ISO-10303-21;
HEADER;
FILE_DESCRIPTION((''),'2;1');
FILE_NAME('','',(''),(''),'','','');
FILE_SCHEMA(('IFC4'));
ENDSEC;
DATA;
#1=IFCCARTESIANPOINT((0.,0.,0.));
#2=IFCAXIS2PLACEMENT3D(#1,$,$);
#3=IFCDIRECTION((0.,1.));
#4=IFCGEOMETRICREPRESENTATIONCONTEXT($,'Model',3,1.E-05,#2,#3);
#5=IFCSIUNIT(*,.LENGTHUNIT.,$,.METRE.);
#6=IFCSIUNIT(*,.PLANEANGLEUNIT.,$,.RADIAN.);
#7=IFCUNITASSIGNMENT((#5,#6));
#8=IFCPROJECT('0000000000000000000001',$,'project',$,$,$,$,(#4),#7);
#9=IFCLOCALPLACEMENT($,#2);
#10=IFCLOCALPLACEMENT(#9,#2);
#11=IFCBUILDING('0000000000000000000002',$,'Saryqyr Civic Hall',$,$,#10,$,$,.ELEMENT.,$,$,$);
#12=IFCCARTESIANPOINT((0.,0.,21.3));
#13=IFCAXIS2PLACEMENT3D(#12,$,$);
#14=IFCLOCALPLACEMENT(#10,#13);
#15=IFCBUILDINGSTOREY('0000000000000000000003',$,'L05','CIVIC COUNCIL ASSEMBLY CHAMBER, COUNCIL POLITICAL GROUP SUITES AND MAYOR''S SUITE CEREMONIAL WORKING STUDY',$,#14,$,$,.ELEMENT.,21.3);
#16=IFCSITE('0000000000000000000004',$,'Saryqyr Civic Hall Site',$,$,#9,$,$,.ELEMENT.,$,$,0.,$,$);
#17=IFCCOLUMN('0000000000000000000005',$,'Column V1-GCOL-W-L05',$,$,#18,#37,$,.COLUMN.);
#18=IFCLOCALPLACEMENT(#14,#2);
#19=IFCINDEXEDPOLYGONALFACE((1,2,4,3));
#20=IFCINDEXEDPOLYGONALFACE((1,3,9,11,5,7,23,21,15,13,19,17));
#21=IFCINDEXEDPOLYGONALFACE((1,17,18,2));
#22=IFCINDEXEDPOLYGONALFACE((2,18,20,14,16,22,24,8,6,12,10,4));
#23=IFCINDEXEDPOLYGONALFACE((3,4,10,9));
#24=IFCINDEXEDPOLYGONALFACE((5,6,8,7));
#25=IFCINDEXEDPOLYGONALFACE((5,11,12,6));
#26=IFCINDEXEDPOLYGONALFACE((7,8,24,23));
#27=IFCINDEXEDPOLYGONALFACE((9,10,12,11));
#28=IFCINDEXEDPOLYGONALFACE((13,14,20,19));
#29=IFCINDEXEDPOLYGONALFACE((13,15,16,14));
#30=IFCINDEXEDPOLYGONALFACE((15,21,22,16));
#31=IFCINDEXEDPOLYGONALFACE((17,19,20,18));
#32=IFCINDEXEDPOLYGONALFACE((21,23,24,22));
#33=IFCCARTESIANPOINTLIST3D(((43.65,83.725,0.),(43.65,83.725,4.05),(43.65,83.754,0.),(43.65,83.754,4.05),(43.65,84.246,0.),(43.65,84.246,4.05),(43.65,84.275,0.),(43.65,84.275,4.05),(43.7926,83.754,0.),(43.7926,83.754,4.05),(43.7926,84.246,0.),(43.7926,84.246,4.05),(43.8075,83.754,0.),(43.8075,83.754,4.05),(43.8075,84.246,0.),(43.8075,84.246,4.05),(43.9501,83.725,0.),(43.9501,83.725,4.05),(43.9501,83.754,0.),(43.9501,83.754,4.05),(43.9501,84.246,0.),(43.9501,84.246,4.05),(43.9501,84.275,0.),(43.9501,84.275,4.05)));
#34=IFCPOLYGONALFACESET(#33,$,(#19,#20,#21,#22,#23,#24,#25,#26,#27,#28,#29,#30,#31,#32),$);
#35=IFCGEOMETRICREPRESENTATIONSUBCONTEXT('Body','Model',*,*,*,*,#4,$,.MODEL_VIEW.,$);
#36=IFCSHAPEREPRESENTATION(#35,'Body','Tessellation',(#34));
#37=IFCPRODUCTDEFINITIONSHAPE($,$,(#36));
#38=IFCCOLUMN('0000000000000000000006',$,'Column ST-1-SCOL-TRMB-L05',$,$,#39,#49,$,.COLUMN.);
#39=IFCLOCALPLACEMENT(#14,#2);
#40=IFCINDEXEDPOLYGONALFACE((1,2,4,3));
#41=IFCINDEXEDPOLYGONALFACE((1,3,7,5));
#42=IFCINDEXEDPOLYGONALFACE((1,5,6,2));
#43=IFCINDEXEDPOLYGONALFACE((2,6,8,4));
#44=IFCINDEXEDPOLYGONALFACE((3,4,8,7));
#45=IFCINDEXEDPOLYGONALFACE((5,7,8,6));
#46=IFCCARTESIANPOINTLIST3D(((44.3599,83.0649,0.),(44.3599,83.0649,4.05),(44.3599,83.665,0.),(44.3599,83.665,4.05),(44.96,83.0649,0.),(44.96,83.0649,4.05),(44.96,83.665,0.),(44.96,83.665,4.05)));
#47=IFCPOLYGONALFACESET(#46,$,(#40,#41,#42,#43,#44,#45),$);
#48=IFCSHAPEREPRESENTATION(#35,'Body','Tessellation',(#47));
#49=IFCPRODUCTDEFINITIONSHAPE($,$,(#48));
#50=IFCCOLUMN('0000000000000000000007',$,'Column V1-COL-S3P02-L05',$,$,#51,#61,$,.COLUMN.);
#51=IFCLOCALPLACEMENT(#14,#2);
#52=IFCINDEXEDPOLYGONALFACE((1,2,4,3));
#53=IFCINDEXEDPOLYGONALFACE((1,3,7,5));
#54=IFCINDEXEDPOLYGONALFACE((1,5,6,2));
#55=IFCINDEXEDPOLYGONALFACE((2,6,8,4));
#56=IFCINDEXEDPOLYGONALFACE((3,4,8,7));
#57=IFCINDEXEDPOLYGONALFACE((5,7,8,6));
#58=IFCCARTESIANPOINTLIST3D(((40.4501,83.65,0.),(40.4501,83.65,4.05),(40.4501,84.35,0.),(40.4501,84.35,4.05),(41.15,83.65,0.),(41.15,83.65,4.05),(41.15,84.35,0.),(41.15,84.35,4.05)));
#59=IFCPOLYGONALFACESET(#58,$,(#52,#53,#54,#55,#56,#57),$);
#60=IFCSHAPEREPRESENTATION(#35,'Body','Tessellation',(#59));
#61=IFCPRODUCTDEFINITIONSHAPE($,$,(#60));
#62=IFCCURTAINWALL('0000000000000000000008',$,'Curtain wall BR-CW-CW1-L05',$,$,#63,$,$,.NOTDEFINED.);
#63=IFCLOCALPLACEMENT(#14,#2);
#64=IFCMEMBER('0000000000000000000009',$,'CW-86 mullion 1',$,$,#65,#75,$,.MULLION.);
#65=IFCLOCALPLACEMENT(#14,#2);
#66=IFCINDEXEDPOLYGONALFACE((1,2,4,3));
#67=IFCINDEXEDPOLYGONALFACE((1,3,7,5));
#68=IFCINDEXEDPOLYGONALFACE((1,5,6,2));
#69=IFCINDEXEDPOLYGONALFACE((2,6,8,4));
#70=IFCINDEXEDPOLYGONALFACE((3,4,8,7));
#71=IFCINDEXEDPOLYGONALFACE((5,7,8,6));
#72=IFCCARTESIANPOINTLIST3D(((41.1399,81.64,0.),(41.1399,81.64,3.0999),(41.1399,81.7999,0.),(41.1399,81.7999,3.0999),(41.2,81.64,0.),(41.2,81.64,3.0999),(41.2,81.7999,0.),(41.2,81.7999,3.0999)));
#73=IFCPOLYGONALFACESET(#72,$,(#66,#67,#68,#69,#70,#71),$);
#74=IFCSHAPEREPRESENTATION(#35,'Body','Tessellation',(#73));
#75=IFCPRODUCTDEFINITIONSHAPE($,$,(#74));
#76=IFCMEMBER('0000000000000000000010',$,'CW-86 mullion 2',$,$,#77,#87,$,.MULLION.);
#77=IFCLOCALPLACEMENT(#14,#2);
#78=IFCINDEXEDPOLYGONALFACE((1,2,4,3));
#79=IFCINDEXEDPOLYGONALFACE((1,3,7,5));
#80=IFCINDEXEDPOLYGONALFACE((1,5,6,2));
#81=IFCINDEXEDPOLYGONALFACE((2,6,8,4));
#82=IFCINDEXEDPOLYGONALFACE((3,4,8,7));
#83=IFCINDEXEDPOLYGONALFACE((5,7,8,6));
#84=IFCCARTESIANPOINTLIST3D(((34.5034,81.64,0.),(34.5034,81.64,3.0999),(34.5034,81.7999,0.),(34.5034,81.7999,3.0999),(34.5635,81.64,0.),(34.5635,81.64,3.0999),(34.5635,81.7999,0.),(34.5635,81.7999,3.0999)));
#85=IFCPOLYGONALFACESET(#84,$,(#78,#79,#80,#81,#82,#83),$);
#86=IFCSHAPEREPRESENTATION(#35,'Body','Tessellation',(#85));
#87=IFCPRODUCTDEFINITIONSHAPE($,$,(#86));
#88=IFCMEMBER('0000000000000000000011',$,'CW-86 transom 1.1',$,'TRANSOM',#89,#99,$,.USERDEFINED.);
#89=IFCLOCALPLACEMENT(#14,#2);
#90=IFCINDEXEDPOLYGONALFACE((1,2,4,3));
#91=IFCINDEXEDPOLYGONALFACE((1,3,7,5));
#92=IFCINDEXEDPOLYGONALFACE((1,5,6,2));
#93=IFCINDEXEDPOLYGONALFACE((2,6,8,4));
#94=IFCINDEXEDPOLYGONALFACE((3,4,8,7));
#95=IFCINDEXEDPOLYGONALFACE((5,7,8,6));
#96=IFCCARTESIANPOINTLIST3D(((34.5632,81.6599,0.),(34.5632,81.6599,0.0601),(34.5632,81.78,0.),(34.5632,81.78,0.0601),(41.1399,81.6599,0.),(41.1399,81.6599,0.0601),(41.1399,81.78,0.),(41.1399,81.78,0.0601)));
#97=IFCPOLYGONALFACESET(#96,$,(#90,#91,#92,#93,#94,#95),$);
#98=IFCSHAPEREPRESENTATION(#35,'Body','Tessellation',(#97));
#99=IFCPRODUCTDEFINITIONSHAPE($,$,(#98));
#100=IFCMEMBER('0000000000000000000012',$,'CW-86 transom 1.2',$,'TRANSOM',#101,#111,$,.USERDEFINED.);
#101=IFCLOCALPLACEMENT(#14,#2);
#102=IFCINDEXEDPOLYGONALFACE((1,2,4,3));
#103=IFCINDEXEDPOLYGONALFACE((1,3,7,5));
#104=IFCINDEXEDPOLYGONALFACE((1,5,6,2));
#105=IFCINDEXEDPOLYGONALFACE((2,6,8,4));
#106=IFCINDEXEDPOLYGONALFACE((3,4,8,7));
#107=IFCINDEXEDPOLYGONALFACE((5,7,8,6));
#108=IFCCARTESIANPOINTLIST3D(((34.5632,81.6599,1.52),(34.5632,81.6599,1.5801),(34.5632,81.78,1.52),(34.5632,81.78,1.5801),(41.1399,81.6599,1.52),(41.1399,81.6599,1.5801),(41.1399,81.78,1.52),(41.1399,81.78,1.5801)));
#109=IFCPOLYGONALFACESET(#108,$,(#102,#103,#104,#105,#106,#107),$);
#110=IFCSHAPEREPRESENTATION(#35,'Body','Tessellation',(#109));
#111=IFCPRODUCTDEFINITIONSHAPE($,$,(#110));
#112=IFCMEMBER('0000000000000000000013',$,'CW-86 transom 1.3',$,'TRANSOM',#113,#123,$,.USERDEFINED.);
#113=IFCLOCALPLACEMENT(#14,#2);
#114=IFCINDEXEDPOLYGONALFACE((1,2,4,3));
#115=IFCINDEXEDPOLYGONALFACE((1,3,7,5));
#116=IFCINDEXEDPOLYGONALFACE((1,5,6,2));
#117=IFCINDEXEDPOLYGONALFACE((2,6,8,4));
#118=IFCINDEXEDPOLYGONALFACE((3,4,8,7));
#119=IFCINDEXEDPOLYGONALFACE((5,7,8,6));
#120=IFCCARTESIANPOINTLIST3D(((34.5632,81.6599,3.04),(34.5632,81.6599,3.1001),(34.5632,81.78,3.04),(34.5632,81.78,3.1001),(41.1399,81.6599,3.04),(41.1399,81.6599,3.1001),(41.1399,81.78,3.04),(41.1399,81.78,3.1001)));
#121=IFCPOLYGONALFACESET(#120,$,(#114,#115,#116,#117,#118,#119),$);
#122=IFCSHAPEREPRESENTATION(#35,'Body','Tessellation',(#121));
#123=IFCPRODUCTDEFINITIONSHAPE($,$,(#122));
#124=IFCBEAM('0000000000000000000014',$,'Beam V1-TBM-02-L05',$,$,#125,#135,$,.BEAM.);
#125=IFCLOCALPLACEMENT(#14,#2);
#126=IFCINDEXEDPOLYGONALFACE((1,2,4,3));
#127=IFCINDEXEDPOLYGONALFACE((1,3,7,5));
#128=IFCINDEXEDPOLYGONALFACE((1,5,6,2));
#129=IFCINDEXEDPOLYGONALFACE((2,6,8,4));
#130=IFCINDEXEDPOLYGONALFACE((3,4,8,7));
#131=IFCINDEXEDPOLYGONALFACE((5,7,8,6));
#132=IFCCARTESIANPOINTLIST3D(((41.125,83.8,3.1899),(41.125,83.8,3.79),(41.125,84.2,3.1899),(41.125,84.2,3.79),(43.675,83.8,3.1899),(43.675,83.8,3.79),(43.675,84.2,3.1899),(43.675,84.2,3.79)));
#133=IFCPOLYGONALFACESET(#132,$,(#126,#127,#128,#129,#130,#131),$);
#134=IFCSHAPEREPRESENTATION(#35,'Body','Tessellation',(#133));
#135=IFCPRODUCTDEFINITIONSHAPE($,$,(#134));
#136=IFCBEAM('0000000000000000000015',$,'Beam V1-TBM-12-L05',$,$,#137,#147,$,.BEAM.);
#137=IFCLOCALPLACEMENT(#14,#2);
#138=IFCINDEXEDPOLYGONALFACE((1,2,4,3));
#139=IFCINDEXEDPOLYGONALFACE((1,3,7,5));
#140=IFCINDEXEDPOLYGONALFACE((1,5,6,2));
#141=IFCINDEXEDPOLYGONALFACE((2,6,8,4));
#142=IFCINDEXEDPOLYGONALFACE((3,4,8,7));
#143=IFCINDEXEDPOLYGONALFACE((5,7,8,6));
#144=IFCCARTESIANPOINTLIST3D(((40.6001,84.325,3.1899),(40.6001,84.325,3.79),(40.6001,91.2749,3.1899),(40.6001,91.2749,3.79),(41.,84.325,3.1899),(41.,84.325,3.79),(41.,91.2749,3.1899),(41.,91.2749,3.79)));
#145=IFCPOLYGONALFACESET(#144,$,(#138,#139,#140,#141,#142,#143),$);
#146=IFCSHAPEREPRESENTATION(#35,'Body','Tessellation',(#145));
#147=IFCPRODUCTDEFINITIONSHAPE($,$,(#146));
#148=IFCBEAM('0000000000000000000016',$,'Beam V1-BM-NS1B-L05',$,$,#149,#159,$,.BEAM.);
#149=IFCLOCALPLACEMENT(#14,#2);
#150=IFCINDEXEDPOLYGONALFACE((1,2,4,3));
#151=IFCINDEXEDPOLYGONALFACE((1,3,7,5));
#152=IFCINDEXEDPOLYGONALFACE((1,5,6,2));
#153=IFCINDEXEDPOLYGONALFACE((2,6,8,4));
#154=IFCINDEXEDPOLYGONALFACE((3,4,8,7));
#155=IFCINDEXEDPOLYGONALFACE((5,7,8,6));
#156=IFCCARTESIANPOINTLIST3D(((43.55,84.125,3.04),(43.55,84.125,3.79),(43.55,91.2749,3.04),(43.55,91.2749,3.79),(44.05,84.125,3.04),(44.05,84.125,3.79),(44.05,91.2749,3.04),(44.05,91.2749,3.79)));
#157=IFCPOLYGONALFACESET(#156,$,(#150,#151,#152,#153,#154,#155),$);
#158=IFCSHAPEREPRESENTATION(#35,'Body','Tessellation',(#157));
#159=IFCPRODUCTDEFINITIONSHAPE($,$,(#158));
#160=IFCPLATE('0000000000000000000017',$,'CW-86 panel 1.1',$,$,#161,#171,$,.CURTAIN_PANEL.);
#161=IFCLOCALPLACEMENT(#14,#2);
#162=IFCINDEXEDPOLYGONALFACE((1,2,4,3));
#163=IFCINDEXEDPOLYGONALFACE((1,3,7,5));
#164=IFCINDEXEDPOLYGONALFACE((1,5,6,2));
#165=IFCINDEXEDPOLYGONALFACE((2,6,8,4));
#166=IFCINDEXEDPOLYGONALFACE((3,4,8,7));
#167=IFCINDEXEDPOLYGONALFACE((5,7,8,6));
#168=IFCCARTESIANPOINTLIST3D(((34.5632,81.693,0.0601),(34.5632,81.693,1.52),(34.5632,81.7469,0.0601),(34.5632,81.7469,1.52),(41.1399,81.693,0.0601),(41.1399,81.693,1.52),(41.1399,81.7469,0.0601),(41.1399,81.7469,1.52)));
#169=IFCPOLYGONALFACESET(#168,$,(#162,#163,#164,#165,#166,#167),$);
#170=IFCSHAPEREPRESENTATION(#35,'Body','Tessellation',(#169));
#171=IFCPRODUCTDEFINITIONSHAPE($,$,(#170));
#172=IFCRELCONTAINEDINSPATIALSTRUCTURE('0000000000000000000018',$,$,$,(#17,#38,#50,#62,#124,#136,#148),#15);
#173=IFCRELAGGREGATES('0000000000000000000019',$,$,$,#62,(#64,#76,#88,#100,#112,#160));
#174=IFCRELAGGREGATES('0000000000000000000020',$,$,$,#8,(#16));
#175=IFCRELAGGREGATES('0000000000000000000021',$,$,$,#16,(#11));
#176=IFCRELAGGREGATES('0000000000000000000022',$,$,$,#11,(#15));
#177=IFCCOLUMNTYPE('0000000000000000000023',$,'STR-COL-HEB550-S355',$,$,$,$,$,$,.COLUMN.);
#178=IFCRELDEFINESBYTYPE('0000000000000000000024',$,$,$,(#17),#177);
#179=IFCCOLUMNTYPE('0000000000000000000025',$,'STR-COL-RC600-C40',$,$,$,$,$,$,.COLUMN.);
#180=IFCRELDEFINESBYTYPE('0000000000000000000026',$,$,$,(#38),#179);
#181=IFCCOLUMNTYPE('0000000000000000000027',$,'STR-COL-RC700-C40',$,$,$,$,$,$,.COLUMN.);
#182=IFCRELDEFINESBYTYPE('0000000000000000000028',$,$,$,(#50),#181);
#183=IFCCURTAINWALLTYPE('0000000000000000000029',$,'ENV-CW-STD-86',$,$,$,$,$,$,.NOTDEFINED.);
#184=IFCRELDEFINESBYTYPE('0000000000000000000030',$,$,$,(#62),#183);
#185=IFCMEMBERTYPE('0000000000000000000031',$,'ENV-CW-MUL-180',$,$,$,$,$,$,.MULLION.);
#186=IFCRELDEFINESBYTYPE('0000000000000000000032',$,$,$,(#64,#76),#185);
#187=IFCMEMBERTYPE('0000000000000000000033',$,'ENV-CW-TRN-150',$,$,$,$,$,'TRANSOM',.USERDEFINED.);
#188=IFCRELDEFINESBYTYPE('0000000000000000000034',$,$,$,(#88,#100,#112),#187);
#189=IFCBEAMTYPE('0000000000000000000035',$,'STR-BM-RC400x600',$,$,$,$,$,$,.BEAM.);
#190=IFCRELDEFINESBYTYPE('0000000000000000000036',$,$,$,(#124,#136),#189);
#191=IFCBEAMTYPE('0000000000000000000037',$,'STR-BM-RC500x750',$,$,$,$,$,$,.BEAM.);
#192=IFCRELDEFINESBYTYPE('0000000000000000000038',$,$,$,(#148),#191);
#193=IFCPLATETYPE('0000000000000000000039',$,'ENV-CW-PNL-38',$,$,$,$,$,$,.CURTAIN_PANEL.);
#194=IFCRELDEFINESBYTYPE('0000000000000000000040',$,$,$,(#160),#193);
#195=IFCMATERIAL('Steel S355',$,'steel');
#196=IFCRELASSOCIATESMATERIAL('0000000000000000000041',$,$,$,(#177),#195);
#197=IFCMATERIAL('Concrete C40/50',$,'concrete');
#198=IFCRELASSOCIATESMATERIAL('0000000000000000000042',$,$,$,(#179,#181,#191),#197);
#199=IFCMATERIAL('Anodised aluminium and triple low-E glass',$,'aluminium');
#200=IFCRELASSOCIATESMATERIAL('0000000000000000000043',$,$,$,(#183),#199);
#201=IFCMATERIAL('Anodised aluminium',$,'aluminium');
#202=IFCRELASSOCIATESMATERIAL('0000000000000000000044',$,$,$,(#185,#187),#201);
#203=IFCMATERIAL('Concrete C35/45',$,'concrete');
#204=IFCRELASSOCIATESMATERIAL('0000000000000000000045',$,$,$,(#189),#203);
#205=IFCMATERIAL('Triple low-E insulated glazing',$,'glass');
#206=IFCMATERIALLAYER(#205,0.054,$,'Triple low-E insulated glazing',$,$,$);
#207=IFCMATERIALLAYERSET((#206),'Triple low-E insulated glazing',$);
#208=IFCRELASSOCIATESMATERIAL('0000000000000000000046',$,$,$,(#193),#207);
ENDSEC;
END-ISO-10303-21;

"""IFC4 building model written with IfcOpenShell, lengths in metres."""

from ifc_helpers import new_model, si_unit, direction, frame, origin, origin_2d, place, context, subcontext, project, spatial, rectangle, i_section, extrude, material, layer, layer_set, material_profile, profile_set, type_object, element, aggregate, save


model = new_model("IFC4")

# Units and contexts
model_context = context("Model", 3, precision=1e-05, world=origin(), true_north=direction((0.0, 1.0)))
body_context = subcontext(model_context, "Body", "Model", "MODEL_VIEW")
ifc_project = project(units=[si_unit("LENGTHUNIT", "METRE"), si_unit("PLANEANGLEUNIT", "RADIAN")], contexts=[model_context])

# Site, building, storey
site_placement = place(None, origin())
site = spatial("IfcSite", under=ifc_project, at=site_placement, Name="Saryqyr Civic Hall Site", CompositionType="ELEMENT", RefElevation=0.0)
building_placement = place(site_placement, origin())
building = spatial("IfcBuilding", under=site, at=building_placement, Name="Saryqyr Civic Hall", CompositionType="ELEMENT")
storey_placement = place(building_placement, frame((0.0, 0.0, 21.3)))
storey = spatial("IfcBuildingStorey", under=building, at=storey_placement, Name="L05", Description="CIVIC COUNCIL ASSEMBLY CHAMBER, COUNCIL POLITICAL GROUP SUITES AND MAYOR'S SUITE CEREMONIAL WORKING STUDY", CompositionType="ELEMENT", Elevation=21.3)

# Columns
ifc_material_1 = material(Name="Steel S355", Category="steel")
ifc_material_profile_1 = material_profile(ifc_material_1, i_section(OverallWidth=0.3, OverallDepth=0.55, WebThickness=0.0149, FlangeThickness=0.0291, at=origin_2d()), Name="HEB 550")
ifc_profile_set_1 = profile_set([ifc_material_profile_1], Name="Steel S355")
column_type_1 = type_object("IfcColumnType", Name="STR-COL-HEB550-S355", PredefinedType="COLUMN", material=ifc_profile_set_1)
column_1_placement = place(storey_placement, frame((43.8, 84.0, 0.0), z_axis=(0.0, 0.0, 1.0), x_axis=(1.0, 0.0, 0.0)))
element("IfcColumn", 1, at=column_1_placement, inside=storey, type_object=column_type_1, Name="Column V1-GCOL-W-L05", PredefinedType="COLUMN", context=body_context, shape_type="SweptSolid", body=[
    extrude(i_section(OverallWidth=0.3, OverallDepth=0.55, WebThickness=0.0149, FlangeThickness=0.0291, at=origin_2d()), origin(), (0.0, 0.0, 1.0), 4.05),
])
ifc_material_2 = material(Name="Concrete C40/50", Category="concrete")
ifc_material_profile_2 = material_profile(ifc_material_2, rectangle(XDim=0.6001, YDim=0.6001, at=origin_2d()), Name="RC 600x600")
ifc_profile_set_2 = profile_set([ifc_material_profile_2], Name="Concrete C40/50")
column_type_2 = type_object("IfcColumnType", Name="STR-COL-RC600-C40", PredefinedType="COLUMN", material=ifc_profile_set_2)
column_2_placement = place(storey_placement, frame((44.6599, 83.365, 0.0), z_axis=(0.0, 0.0, 1.0), x_axis=(1.0, 0.0, 0.0)))
element("IfcColumn", 2, at=column_2_placement, inside=storey, type_object=column_type_2, Name="Column ST-1-SCOL-TRMB-L05", PredefinedType="COLUMN", context=body_context, shape_type="SweptSolid", body=[
    extrude(rectangle(XDim=0.6001, YDim=0.6001, at=origin_2d()), origin(), (0.0, 0.0, 1.0), 4.05),
])
ifc_material_profile_3 = material_profile(ifc_material_2, rectangle(XDim=0.7, YDim=0.7, at=origin_2d()), Name="RC 700x700")
ifc_profile_set_3 = profile_set([ifc_material_profile_3], Name="Concrete C40/50")
column_type_3 = type_object("IfcColumnType", Name="STR-COL-RC700-C40", PredefinedType="COLUMN", material=ifc_profile_set_3)
column_3_placement = place(storey_placement, frame((40.8, 84.0, 0.0), z_axis=(0.0, 0.0, 1.0), x_axis=(1.0, 0.0, 0.0)))
element("IfcColumn", 3, at=column_3_placement, inside=storey, type_object=column_type_3, Name="Column V1-COL-S3P02-L05", PredefinedType="COLUMN", context=body_context, shape_type="SweptSolid", body=[
    extrude(rectangle(XDim=0.7, YDim=0.7, at=origin_2d()), origin(), (0.0, 0.0, 1.0), 4.05),
])

# Curtain wall, members
ifc_material_3 = material(Name="Anodised aluminium and triple low-E glass", Category="aluminium")
curtain_wall_type = type_object("IfcCurtainWallType", Name="ENV-CW-STD-86", PredefinedType="NOTDEFINED", material=ifc_material_3)
curtain_wall_placement = place(storey_placement, origin())
curtain_wall = element("IfcCurtainWall", 4, at=curtain_wall_placement, inside=storey, type_object=curtain_wall_type, Name="Curtain wall BR-CW-CW1-L05", PredefinedType="NOTDEFINED")
ifc_material_4 = material(Name="Anodised aluminium", Category="aluminium")
ifc_material_profile_4 = material_profile(ifc_material_4, rectangle(XDim=0.0601, YDim=0.1599, at=origin_2d()), Name="ALU MULLION 60x160")
ifc_profile_set_4 = profile_set([ifc_material_profile_4], Name="Anodised aluminium")
member_type_1 = type_object("IfcMemberType", Name="ENV-CW-MUL-180", PredefinedType="MULLION", material=ifc_profile_set_4)
member_1_placement = place(storey_placement, frame((41.1699, 81.72, 0.0), z_axis=(0.0, 0.0, 1.0), x_axis=(-1.0, 0.0, 0.0)))
member_1 = element("IfcMember", 5, at=member_1_placement, type_object=member_type_1, Name="CW-86 mullion 1", PredefinedType="MULLION", context=body_context, shape_type="SweptSolid", body=[
    extrude(rectangle(XDim=0.0601, YDim=0.1599, at=origin_2d()), origin(), (0.0, 0.0, 1.0), 3.0999),
])
member_2_placement = place(storey_placement, frame((34.5334, 81.72, 0.0), z_axis=(0.0, 0.0, 1.0), x_axis=(-1.0, 0.0, 0.0)))
member_2 = element("IfcMember", 6, at=member_2_placement, type_object=member_type_1, Name="CW-86 mullion 2", PredefinedType="MULLION", context=body_context, shape_type="SweptSolid", body=[
    extrude(rectangle(XDim=0.0601, YDim=0.1599, at=origin_2d()), origin(), (0.0, 0.0, 1.0), 3.0999),
])
ifc_material_profile_5 = material_profile(ifc_material_4, rectangle(XDim=0.1201, YDim=0.0601, at=origin_2d()), Name="ALU TRANSOM 120x60")
ifc_profile_set_5 = profile_set([ifc_material_profile_5], Name="Anodised aluminium")
member_type_2 = type_object("IfcMemberType", Name="ENV-CW-TRN-150", ElementType="TRANSOM", PredefinedType="USERDEFINED", material=ifc_profile_set_5)
member_3_placement = place(storey_placement, frame((41.1399, 81.72, 0.03), z_axis=(-1.0, 0.0, 0.0), x_axis=(0.0, -1.0, 0.0)))
member_3 = element("IfcMember", 7, at=member_3_placement, type_object=member_type_2, Name="CW-86 transom 1.1", ObjectType="TRANSOM", PredefinedType="USERDEFINED", context=body_context, shape_type="SweptSolid", body=[
    extrude(rectangle(XDim=0.1201, YDim=0.0601, at=origin_2d()), origin(), (0.0, 0.0, 1.0), 6.5767),
])
member_4_placement = place(storey_placement, frame((41.1399, 81.72, 1.55), z_axis=(-1.0, 0.0, 0.0), x_axis=(0.0, -1.0, 0.0)))
member_4 = element("IfcMember", 8, at=member_4_placement, type_object=member_type_2, Name="CW-86 transom 1.2", ObjectType="TRANSOM", PredefinedType="USERDEFINED", context=body_context, shape_type="SweptSolid", body=[
    extrude(rectangle(XDim=0.1201, YDim=0.0601, at=origin_2d()), origin(), (0.0, 0.0, 1.0), 6.5767),
])
member_5_placement = place(storey_placement, frame((41.1399, 81.72, 3.0701), z_axis=(-1.0, 0.0, 0.0), x_axis=(0.0, -1.0, 0.0)))
member_5 = element("IfcMember", 9, at=member_5_placement, type_object=member_type_2, Name="CW-86 transom 1.3", ObjectType="TRANSOM", PredefinedType="USERDEFINED", context=body_context, shape_type="SweptSolid", body=[
    extrude(rectangle(XDim=0.1201, YDim=0.0601, at=origin_2d()), origin(), (0.0, 0.0, 1.0), 6.5767),
])

# Beams
ifc_material_5 = material(Name="Concrete C35/45", Category="concrete")
ifc_material_profile_6 = material_profile(ifc_material_5, rectangle(XDim=0.3999, YDim=0.6001, at=origin_2d()), Name="RC 400x600")
ifc_profile_set_6 = profile_set([ifc_material_profile_6], Name="Concrete C35/45")
beam_type_1 = type_object("IfcBeamType", Name="STR-BM-RC400x600", PredefinedType="BEAM", material=ifc_profile_set_6)
beam_1_placement = place(storey_placement, frame((41.125, 84.0, 3.49), z_axis=(1.0, 0.0, 0.0), x_axis=(0.0, 1.0, 0.0)))
element("IfcBeam", 10, at=beam_1_placement, inside=storey, type_object=beam_type_1, Name="Beam V1-TBM-02-L05", PredefinedType="BEAM", context=body_context, shape_type="SweptSolid", body=[
    extrude(rectangle(XDim=0.3999, YDim=0.6001, at=origin_2d()), origin(), (0.0, 0.0, 1.0), 2.55),
])
beam_2_placement = place(storey_placement, frame((40.8, 84.325, 3.49), z_axis=(0.0, 1.0, 0.0), x_axis=(-1.0, 0.0, 0.0)))
element("IfcBeam", 11, at=beam_2_placement, inside=storey, type_object=beam_type_1, Name="Beam V1-TBM-12-L05", PredefinedType="BEAM", context=body_context, shape_type="SweptSolid", body=[
    extrude(rectangle(XDim=0.3999, YDim=0.6001, at=origin_2d()), origin(), (0.0, 0.0, 1.0), 6.95),
])
ifc_material_profile_7 = material_profile(ifc_material_2, rectangle(XDim=0.5, YDim=0.75, at=origin_2d()), Name="RC 500x750")
ifc_profile_set_7 = profile_set([ifc_material_profile_7], Name="Concrete C40/50")
beam_type_2 = type_object("IfcBeamType", Name="STR-BM-RC500x750", PredefinedType="BEAM", material=ifc_profile_set_7)
beam_3_placement = place(storey_placement, frame((43.8, 84.125, 3.415), z_axis=(0.0, 1.0, 0.0), x_axis=(-1.0, 0.0, 0.0)))
element("IfcBeam", 12, at=beam_3_placement, inside=storey, type_object=beam_type_2, Name="Beam V1-BM-NS1B-L05", PredefinedType="BEAM", context=body_context, shape_type="SweptSolid", body=[
    extrude(rectangle(XDim=0.5, YDim=0.75, at=origin_2d()), origin(), (0.0, 0.0, 1.0), 7.1499),
])

# Plate
ifc_material_6 = material(Name="Triple low-E insulated glazing", Category="glass")
ifc_layer_1 = layer(ifc_material_6, 0.054, Name="Triple low-E insulated glazing")
ifc_layer_set_1 = layer_set([ifc_layer_1], Name="Triple low-E insulated glazing")
plate_type = type_object("IfcPlateType", Name="ENV-CW-PNL-38", PredefinedType="CURTAIN_PANEL", material=ifc_layer_set_1)
plate_1_placement = place(storey_placement, frame((37.8516, 81.72, 0.0601), z_axis=(0.0, 0.0, 1.0), x_axis=(-1.0, 0.0, 0.0)))
plate_1 = element("IfcPlate", 13, at=plate_1_placement, type_object=plate_type, Name="CW-86 panel 1.1", PredefinedType="CURTAIN_PANEL", context=body_context, shape_type="SweptSolid", body=[
    extrude(rectangle(XDim=6.5767, YDim=0.054, at=origin_2d()), origin(), (0.0, 0.0, 1.0), 1.46),
])
aggregate(curtain_wall, [member_1, member_2, member_3, member_4, member_5, plate_1])

save(model, "model.ifc")
